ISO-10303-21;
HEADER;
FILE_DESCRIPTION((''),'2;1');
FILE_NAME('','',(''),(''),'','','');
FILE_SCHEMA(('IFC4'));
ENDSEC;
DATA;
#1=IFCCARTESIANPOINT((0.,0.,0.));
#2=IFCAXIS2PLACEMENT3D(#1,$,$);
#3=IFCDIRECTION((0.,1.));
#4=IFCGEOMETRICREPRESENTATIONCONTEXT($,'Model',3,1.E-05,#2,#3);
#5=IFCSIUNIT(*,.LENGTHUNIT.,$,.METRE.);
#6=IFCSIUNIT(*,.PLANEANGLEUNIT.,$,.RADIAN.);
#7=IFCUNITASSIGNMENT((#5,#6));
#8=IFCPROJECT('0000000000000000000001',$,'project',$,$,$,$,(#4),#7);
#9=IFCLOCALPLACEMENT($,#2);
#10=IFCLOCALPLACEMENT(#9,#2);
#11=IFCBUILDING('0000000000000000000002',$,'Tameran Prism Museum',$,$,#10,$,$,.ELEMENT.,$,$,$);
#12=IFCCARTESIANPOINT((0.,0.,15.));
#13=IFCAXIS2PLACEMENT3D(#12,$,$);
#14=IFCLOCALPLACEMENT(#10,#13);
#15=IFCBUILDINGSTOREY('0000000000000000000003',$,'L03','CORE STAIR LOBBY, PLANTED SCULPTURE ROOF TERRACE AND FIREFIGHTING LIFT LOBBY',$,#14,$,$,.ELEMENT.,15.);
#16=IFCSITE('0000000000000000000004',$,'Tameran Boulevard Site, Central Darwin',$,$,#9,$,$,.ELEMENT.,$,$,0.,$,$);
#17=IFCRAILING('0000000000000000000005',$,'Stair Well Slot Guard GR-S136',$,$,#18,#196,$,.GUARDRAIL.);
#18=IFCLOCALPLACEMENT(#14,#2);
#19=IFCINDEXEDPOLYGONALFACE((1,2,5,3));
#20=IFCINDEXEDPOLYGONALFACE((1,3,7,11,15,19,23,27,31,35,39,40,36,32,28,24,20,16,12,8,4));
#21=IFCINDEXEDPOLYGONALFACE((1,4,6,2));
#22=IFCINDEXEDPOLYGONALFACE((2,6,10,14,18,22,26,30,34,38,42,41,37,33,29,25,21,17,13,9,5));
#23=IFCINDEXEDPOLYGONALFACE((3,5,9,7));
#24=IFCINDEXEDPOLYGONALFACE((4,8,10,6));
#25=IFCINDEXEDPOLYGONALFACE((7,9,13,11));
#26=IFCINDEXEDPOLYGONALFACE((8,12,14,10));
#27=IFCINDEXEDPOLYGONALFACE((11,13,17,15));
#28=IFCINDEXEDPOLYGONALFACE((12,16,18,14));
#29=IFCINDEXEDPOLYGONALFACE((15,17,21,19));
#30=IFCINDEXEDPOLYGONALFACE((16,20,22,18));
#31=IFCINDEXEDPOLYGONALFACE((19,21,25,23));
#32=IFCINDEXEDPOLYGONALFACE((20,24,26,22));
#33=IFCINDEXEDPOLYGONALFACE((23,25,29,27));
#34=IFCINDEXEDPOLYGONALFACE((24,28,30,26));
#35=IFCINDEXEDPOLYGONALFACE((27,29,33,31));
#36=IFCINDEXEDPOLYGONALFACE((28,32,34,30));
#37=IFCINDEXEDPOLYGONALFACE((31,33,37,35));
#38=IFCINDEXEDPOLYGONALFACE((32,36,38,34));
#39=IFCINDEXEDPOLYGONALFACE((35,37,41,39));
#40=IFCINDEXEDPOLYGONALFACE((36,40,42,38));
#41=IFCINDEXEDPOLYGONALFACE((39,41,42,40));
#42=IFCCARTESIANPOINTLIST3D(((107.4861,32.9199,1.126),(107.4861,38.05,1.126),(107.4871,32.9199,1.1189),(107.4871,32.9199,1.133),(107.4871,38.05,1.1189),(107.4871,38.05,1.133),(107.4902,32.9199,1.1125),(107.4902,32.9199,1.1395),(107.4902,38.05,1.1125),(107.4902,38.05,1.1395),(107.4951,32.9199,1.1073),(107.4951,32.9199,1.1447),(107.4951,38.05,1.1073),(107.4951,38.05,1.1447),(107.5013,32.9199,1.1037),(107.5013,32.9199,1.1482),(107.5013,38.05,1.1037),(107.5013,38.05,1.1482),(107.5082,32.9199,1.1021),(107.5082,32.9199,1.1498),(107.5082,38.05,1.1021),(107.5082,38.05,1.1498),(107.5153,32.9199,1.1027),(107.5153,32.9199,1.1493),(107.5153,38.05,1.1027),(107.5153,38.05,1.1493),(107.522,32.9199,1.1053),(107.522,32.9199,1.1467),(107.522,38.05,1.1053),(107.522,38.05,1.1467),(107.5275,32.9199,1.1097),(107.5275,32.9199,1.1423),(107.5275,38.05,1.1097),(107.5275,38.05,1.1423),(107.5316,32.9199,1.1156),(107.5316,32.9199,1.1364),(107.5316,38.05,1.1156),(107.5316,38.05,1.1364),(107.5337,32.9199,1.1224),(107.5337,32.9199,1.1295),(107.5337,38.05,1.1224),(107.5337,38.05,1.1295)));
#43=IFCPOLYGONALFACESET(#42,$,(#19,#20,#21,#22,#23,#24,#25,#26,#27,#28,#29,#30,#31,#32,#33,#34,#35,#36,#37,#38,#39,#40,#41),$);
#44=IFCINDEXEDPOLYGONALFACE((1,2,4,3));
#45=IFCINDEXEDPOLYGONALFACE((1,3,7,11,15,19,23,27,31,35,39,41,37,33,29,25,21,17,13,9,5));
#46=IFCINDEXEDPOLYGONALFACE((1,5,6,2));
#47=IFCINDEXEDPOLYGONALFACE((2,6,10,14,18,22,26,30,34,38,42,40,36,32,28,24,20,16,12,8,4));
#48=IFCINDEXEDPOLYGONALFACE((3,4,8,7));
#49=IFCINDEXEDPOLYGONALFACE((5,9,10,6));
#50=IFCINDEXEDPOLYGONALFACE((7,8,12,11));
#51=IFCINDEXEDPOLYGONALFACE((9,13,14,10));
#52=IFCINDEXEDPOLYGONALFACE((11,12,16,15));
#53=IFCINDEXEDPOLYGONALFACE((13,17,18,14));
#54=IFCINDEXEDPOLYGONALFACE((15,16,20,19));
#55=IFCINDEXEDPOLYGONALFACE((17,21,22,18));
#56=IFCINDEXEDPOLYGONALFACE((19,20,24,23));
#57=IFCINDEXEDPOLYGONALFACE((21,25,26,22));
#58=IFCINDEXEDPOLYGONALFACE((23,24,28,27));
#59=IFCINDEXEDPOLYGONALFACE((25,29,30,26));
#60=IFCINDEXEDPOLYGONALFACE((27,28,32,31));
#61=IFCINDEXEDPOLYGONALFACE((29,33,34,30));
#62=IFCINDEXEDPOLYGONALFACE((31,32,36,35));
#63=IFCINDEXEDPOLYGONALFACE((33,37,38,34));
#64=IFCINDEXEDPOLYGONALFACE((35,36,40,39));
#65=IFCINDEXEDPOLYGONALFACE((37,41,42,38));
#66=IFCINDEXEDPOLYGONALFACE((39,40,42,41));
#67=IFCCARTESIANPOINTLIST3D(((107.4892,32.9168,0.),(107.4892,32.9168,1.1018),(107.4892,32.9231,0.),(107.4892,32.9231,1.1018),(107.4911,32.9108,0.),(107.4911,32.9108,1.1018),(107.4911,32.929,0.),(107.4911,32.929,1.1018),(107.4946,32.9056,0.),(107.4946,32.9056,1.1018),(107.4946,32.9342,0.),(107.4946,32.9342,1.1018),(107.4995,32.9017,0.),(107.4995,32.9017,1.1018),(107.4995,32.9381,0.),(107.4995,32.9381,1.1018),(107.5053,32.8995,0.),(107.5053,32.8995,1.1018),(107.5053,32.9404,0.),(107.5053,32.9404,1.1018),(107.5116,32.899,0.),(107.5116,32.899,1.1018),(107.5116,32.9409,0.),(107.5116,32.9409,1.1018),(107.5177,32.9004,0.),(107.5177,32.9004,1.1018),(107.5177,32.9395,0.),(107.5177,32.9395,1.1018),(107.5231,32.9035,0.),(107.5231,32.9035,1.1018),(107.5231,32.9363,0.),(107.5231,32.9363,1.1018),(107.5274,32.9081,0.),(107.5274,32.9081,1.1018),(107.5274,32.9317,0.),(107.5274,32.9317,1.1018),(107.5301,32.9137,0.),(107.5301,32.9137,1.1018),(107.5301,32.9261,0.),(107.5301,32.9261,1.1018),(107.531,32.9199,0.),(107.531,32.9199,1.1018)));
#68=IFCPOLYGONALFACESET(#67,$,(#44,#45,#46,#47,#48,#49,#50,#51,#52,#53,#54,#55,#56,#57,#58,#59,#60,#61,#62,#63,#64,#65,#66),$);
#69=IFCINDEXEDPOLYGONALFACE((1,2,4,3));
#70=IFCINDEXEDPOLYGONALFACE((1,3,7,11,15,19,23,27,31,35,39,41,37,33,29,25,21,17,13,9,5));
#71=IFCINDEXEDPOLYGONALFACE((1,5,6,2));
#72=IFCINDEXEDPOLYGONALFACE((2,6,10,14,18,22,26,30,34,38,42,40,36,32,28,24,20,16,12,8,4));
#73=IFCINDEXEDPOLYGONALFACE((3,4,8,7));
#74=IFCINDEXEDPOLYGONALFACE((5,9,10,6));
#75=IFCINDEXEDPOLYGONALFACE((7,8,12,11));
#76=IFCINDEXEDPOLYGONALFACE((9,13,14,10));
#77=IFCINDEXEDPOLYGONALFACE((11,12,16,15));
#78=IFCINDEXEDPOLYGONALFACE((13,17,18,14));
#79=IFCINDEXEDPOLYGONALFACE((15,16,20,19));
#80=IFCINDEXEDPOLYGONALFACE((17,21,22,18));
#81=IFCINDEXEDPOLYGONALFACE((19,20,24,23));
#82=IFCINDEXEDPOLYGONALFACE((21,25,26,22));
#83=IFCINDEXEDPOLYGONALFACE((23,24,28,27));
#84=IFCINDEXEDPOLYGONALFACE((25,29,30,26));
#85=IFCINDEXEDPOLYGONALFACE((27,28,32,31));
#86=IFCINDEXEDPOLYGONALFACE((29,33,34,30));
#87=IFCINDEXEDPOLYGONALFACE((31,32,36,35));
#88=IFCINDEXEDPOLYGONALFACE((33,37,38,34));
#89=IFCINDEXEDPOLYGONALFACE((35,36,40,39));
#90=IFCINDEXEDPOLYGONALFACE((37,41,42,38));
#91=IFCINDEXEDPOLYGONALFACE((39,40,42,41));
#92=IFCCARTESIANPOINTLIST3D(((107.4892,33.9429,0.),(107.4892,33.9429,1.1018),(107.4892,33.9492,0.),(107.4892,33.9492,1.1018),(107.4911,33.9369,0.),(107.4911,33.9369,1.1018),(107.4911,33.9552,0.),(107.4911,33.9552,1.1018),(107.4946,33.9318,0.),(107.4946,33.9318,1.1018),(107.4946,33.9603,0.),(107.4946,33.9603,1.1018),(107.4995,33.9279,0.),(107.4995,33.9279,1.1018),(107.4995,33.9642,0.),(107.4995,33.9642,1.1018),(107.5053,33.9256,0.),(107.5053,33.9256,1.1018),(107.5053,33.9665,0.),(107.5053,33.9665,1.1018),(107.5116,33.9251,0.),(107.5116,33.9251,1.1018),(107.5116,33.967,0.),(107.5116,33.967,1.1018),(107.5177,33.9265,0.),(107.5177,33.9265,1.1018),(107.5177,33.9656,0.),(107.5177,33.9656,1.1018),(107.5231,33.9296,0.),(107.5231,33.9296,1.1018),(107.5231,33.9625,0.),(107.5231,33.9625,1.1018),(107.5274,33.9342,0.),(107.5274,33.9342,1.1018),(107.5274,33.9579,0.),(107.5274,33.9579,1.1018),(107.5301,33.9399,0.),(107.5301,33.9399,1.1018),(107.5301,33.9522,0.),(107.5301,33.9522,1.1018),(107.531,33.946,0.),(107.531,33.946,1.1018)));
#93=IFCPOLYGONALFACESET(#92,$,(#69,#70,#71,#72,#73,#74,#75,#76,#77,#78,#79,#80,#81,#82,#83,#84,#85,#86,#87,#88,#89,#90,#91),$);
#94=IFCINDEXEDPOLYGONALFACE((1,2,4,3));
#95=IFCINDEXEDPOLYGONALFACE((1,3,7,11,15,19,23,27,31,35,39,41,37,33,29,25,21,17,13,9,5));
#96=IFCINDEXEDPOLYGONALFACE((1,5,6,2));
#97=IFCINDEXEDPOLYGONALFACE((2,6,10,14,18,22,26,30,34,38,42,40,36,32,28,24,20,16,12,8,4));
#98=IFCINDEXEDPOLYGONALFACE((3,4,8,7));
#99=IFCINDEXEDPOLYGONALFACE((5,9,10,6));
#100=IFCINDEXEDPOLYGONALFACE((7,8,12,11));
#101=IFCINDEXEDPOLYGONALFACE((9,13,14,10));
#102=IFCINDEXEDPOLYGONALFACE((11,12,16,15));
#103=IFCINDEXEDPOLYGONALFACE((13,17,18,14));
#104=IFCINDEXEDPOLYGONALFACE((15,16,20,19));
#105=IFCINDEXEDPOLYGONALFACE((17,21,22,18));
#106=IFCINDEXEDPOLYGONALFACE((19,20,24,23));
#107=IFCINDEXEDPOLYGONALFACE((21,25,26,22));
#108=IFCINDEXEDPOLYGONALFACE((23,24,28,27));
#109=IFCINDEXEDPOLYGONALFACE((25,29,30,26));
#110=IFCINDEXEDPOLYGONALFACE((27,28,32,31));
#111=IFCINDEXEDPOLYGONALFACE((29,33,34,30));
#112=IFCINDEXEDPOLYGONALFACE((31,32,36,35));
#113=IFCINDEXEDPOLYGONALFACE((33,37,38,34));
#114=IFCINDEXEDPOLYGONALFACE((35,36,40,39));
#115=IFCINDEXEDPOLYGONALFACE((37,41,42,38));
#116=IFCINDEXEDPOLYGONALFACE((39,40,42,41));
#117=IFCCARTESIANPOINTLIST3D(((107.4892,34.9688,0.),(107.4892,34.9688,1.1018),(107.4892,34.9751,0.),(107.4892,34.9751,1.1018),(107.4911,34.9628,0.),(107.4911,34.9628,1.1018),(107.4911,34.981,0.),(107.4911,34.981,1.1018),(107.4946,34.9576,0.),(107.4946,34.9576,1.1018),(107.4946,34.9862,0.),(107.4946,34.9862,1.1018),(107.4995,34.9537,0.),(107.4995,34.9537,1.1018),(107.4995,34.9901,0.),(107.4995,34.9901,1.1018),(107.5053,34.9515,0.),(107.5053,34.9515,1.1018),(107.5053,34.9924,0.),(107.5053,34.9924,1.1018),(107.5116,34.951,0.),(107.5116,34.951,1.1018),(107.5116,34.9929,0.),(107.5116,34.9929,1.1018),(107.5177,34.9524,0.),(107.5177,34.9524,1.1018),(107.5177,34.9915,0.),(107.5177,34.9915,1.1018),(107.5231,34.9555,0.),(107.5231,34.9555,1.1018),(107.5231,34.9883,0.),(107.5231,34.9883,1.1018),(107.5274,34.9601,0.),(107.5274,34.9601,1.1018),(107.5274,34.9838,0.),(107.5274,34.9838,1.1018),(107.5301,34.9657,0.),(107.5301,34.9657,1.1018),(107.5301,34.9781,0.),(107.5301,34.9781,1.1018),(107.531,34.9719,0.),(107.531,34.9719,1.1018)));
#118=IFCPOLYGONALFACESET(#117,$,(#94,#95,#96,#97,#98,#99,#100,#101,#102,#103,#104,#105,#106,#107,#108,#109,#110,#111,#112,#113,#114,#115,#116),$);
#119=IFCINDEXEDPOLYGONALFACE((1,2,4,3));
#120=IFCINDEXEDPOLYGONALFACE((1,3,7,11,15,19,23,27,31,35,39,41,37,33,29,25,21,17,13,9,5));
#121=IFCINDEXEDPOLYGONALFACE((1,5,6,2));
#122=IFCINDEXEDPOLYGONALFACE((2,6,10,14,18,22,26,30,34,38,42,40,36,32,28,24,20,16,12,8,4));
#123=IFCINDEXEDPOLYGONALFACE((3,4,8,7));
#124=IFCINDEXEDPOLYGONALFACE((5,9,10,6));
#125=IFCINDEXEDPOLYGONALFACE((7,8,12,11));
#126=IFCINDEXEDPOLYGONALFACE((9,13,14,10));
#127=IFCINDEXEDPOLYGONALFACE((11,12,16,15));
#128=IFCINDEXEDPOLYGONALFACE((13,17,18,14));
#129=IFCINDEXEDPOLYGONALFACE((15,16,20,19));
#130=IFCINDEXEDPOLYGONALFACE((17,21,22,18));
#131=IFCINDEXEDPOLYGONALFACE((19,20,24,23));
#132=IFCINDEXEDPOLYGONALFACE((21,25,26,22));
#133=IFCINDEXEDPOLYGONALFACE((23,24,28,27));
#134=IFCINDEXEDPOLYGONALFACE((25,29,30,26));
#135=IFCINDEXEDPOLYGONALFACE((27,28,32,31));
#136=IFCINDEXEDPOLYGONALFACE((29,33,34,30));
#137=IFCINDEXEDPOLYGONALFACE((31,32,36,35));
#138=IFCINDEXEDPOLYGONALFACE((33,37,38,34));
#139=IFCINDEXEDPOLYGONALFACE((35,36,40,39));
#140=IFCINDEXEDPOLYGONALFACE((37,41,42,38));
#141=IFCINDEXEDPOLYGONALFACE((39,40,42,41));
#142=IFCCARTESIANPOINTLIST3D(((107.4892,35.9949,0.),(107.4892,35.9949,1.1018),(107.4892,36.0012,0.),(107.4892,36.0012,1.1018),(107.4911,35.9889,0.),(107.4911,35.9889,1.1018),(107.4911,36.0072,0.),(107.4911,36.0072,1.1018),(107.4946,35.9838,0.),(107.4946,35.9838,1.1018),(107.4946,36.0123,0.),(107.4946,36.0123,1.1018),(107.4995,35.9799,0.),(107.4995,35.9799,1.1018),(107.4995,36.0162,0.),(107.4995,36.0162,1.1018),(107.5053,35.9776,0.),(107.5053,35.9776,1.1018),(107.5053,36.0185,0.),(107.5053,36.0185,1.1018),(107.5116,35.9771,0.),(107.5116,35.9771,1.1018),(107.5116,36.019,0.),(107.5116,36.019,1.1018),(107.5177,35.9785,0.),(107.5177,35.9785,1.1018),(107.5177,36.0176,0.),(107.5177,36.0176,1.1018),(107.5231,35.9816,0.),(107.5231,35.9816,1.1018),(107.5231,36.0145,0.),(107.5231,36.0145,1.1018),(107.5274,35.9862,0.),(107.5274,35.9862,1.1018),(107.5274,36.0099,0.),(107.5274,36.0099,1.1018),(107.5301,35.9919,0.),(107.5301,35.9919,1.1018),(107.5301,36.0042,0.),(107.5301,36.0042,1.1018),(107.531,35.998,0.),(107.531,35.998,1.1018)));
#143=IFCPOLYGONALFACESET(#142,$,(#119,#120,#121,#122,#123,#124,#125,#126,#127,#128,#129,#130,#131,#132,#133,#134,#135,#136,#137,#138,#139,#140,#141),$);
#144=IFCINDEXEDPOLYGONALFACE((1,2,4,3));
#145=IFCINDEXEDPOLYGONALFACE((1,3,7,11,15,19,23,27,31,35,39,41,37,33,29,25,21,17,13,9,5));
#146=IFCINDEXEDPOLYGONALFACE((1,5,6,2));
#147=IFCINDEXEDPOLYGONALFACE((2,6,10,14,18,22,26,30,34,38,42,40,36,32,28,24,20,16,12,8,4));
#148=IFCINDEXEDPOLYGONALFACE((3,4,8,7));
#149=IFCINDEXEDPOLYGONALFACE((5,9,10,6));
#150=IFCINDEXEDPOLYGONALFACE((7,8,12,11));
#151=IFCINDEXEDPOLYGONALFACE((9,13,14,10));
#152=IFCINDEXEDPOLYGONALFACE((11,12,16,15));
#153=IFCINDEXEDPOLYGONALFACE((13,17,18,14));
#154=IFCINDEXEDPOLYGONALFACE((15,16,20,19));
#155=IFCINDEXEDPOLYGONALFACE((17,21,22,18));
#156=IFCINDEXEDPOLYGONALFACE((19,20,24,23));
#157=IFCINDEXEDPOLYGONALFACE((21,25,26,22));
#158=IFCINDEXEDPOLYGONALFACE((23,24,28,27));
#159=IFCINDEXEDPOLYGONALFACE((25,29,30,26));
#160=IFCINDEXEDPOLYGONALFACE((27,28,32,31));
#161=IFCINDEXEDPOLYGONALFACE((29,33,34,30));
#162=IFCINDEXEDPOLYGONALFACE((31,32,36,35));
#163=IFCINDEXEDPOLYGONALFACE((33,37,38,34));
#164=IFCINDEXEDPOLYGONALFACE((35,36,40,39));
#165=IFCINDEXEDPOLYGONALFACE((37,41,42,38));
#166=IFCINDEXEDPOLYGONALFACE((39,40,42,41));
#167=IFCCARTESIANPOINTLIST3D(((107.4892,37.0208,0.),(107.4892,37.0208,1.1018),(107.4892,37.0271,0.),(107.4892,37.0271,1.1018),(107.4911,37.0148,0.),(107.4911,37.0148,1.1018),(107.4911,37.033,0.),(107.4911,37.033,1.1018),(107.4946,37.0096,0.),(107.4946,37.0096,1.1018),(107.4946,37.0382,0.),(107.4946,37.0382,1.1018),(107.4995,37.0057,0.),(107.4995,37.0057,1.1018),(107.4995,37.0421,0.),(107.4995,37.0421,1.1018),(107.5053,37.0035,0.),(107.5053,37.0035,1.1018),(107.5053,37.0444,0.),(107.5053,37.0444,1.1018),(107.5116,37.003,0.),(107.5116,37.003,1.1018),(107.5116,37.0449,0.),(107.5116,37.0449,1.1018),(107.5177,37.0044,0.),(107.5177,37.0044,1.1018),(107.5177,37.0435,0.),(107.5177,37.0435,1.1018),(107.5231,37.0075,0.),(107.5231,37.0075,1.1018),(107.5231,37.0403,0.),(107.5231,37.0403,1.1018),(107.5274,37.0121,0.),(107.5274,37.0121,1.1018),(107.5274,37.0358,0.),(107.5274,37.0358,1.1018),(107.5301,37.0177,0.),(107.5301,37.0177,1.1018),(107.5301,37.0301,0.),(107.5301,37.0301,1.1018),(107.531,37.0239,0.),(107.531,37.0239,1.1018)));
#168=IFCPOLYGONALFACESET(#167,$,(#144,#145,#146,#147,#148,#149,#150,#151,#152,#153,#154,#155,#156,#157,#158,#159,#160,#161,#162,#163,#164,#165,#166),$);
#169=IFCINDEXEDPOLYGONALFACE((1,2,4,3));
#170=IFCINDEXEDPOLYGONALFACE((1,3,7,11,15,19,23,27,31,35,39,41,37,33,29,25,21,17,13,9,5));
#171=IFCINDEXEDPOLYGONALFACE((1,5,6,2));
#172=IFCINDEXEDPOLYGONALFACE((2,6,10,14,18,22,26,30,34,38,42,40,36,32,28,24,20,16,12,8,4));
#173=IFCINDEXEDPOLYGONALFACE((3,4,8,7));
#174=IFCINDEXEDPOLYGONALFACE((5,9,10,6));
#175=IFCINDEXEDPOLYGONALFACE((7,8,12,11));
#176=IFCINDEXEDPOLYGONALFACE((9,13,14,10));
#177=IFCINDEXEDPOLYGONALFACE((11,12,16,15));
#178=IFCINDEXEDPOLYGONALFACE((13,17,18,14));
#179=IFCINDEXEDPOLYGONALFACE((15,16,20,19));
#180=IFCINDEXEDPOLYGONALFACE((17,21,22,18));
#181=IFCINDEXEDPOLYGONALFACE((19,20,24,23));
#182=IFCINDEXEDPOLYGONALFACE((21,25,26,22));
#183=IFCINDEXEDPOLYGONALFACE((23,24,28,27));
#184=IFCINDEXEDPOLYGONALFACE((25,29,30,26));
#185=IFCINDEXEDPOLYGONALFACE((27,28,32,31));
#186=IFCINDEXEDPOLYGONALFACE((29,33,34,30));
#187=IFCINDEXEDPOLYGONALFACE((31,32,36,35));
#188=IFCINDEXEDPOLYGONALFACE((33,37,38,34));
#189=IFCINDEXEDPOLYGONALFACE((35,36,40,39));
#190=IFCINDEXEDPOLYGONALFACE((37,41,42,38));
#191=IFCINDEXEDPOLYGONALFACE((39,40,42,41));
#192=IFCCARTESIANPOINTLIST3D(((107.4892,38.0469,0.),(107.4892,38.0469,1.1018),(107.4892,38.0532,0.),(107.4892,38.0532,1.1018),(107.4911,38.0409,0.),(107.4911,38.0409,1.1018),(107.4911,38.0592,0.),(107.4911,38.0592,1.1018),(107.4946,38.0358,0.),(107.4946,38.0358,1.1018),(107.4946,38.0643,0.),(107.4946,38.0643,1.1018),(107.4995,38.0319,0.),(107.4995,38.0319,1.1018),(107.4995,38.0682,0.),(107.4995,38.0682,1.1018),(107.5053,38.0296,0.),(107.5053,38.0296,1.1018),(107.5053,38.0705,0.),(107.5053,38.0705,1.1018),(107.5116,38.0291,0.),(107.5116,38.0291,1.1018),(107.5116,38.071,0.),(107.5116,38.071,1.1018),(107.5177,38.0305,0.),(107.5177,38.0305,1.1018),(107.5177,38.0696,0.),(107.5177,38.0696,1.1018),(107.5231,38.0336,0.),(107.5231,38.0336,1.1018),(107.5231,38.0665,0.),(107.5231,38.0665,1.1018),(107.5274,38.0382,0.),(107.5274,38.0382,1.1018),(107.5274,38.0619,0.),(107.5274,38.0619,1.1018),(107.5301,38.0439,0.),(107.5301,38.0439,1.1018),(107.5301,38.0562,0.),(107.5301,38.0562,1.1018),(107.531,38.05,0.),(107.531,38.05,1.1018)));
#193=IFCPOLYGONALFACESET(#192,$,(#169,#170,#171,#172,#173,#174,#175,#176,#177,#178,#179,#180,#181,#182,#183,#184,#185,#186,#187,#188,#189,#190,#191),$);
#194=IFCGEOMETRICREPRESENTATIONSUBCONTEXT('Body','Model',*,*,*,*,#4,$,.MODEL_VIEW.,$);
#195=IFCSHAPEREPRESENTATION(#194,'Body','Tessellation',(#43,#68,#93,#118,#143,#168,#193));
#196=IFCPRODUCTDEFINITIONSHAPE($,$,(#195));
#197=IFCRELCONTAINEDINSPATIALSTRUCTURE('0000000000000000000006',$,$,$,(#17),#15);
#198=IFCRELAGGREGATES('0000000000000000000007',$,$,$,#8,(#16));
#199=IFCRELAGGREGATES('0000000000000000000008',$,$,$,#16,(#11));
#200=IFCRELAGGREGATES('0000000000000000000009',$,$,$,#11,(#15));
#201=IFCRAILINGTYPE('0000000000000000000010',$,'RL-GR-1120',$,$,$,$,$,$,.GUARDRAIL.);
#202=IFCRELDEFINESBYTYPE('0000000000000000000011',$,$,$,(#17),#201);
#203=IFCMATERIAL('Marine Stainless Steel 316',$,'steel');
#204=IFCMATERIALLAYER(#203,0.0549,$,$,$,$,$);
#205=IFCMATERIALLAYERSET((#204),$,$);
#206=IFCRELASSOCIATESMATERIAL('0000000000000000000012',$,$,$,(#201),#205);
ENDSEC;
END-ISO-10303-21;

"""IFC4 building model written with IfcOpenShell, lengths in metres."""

from ifc_helpers import new_model, si_unit, direction, frame, origin, origin_2d, place, context, subcontext, project, spatial, circle, extrude, material, layer, layer_set, type_object, element, save


model = new_model("IFC4")

# Units and contexts
model_context = context("Model", 3, precision=1e-05, world=origin(), true_north=direction((0.0, 1.0)))
body_context = subcontext(model_context, "Body", "Model", "MODEL_VIEW")
ifc_project = project(units=[si_unit("LENGTHUNIT", "METRE"), si_unit("PLANEANGLEUNIT", "RADIAN")], contexts=[model_context])

# Site, building, storey
site_placement = place(None, origin())
site = spatial("IfcSite", under=ifc_project, at=site_placement, Name="Tameran Boulevard Site, Central Darwin", CompositionType="ELEMENT", RefElevation=0.0)
building_placement = place(site_placement, origin())
building = spatial("IfcBuilding", under=site, at=building_placement, Name="Tameran Prism Museum", CompositionType="ELEMENT")
storey_placement = place(building_placement, frame((0.0, 0.0, 15.0)))
storey = spatial("IfcBuildingStorey", under=building, at=storey_placement, Name="L03", Description="CORE STAIR LOBBY, PLANTED SCULPTURE ROOF TERRACE AND FIREFIGHTING LIFT LOBBY", CompositionType="ELEMENT", Elevation=15.0)

# Railing
ifc_material_1 = material(Name="Marine Stainless Steel 316", Category="steel")
ifc_layer_1 = layer(ifc_material_1, 0.0549)
ifc_layer_set_1 = layer_set([ifc_layer_1])
railing_type = type_object("IfcRailingType", Name="RL-GR-1120", PredefinedType="GUARDRAIL", material=ifc_layer_set_1)
railing_placement = place(storey_placement, frame((107.51, 32.9199, 0.0)))
element("IfcRailing", 1, at=railing_placement, inside=storey, type_object=railing_type, Name="Stair Well Slot Guard GR-S136", PredefinedType="GUARDRAIL", context=body_context, shape_type="SweptSolid", body=[
    extrude(circle(Radius=0.0239, at=origin_2d()), frame((0.0, 0.0, 1.126), z_axis=(0.0, 1.0, 0.0), x_axis=(-1.0, 0.0, 0.0)), (0.0, 0.0, 1.0), 5.1301),
    extrude(circle(Radius=0.021, at=origin_2d()), origin(), (0.0, 0.0, 1.0), 1.1018),
    extrude(circle(Radius=0.021, at=origin_2d()), frame((0.0, 1.0261, 0.0)), (0.0, 0.0, 1.0), 1.1018),
    extrude(circle(Radius=0.021, at=origin_2d()), frame((0.0, 2.052, 0.0)), (0.0, 0.0, 1.0), 1.1018),
    extrude(circle(Radius=0.021, at=origin_2d()), frame((0.0, 3.0781, 0.0)), (0.0, 0.0, 1.0), 1.1018),
    extrude(circle(Radius=0.021, at=origin_2d()), frame((0.0, 4.104, 0.0)), (0.0, 0.0, 1.0), 1.1018),
    extrude(circle(Radius=0.021, at=origin_2d()), frame((0.0, 5.1301, 0.0)), (0.0, 0.0, 1.0), 1.1018),
])

save(model, "model.ifc")
